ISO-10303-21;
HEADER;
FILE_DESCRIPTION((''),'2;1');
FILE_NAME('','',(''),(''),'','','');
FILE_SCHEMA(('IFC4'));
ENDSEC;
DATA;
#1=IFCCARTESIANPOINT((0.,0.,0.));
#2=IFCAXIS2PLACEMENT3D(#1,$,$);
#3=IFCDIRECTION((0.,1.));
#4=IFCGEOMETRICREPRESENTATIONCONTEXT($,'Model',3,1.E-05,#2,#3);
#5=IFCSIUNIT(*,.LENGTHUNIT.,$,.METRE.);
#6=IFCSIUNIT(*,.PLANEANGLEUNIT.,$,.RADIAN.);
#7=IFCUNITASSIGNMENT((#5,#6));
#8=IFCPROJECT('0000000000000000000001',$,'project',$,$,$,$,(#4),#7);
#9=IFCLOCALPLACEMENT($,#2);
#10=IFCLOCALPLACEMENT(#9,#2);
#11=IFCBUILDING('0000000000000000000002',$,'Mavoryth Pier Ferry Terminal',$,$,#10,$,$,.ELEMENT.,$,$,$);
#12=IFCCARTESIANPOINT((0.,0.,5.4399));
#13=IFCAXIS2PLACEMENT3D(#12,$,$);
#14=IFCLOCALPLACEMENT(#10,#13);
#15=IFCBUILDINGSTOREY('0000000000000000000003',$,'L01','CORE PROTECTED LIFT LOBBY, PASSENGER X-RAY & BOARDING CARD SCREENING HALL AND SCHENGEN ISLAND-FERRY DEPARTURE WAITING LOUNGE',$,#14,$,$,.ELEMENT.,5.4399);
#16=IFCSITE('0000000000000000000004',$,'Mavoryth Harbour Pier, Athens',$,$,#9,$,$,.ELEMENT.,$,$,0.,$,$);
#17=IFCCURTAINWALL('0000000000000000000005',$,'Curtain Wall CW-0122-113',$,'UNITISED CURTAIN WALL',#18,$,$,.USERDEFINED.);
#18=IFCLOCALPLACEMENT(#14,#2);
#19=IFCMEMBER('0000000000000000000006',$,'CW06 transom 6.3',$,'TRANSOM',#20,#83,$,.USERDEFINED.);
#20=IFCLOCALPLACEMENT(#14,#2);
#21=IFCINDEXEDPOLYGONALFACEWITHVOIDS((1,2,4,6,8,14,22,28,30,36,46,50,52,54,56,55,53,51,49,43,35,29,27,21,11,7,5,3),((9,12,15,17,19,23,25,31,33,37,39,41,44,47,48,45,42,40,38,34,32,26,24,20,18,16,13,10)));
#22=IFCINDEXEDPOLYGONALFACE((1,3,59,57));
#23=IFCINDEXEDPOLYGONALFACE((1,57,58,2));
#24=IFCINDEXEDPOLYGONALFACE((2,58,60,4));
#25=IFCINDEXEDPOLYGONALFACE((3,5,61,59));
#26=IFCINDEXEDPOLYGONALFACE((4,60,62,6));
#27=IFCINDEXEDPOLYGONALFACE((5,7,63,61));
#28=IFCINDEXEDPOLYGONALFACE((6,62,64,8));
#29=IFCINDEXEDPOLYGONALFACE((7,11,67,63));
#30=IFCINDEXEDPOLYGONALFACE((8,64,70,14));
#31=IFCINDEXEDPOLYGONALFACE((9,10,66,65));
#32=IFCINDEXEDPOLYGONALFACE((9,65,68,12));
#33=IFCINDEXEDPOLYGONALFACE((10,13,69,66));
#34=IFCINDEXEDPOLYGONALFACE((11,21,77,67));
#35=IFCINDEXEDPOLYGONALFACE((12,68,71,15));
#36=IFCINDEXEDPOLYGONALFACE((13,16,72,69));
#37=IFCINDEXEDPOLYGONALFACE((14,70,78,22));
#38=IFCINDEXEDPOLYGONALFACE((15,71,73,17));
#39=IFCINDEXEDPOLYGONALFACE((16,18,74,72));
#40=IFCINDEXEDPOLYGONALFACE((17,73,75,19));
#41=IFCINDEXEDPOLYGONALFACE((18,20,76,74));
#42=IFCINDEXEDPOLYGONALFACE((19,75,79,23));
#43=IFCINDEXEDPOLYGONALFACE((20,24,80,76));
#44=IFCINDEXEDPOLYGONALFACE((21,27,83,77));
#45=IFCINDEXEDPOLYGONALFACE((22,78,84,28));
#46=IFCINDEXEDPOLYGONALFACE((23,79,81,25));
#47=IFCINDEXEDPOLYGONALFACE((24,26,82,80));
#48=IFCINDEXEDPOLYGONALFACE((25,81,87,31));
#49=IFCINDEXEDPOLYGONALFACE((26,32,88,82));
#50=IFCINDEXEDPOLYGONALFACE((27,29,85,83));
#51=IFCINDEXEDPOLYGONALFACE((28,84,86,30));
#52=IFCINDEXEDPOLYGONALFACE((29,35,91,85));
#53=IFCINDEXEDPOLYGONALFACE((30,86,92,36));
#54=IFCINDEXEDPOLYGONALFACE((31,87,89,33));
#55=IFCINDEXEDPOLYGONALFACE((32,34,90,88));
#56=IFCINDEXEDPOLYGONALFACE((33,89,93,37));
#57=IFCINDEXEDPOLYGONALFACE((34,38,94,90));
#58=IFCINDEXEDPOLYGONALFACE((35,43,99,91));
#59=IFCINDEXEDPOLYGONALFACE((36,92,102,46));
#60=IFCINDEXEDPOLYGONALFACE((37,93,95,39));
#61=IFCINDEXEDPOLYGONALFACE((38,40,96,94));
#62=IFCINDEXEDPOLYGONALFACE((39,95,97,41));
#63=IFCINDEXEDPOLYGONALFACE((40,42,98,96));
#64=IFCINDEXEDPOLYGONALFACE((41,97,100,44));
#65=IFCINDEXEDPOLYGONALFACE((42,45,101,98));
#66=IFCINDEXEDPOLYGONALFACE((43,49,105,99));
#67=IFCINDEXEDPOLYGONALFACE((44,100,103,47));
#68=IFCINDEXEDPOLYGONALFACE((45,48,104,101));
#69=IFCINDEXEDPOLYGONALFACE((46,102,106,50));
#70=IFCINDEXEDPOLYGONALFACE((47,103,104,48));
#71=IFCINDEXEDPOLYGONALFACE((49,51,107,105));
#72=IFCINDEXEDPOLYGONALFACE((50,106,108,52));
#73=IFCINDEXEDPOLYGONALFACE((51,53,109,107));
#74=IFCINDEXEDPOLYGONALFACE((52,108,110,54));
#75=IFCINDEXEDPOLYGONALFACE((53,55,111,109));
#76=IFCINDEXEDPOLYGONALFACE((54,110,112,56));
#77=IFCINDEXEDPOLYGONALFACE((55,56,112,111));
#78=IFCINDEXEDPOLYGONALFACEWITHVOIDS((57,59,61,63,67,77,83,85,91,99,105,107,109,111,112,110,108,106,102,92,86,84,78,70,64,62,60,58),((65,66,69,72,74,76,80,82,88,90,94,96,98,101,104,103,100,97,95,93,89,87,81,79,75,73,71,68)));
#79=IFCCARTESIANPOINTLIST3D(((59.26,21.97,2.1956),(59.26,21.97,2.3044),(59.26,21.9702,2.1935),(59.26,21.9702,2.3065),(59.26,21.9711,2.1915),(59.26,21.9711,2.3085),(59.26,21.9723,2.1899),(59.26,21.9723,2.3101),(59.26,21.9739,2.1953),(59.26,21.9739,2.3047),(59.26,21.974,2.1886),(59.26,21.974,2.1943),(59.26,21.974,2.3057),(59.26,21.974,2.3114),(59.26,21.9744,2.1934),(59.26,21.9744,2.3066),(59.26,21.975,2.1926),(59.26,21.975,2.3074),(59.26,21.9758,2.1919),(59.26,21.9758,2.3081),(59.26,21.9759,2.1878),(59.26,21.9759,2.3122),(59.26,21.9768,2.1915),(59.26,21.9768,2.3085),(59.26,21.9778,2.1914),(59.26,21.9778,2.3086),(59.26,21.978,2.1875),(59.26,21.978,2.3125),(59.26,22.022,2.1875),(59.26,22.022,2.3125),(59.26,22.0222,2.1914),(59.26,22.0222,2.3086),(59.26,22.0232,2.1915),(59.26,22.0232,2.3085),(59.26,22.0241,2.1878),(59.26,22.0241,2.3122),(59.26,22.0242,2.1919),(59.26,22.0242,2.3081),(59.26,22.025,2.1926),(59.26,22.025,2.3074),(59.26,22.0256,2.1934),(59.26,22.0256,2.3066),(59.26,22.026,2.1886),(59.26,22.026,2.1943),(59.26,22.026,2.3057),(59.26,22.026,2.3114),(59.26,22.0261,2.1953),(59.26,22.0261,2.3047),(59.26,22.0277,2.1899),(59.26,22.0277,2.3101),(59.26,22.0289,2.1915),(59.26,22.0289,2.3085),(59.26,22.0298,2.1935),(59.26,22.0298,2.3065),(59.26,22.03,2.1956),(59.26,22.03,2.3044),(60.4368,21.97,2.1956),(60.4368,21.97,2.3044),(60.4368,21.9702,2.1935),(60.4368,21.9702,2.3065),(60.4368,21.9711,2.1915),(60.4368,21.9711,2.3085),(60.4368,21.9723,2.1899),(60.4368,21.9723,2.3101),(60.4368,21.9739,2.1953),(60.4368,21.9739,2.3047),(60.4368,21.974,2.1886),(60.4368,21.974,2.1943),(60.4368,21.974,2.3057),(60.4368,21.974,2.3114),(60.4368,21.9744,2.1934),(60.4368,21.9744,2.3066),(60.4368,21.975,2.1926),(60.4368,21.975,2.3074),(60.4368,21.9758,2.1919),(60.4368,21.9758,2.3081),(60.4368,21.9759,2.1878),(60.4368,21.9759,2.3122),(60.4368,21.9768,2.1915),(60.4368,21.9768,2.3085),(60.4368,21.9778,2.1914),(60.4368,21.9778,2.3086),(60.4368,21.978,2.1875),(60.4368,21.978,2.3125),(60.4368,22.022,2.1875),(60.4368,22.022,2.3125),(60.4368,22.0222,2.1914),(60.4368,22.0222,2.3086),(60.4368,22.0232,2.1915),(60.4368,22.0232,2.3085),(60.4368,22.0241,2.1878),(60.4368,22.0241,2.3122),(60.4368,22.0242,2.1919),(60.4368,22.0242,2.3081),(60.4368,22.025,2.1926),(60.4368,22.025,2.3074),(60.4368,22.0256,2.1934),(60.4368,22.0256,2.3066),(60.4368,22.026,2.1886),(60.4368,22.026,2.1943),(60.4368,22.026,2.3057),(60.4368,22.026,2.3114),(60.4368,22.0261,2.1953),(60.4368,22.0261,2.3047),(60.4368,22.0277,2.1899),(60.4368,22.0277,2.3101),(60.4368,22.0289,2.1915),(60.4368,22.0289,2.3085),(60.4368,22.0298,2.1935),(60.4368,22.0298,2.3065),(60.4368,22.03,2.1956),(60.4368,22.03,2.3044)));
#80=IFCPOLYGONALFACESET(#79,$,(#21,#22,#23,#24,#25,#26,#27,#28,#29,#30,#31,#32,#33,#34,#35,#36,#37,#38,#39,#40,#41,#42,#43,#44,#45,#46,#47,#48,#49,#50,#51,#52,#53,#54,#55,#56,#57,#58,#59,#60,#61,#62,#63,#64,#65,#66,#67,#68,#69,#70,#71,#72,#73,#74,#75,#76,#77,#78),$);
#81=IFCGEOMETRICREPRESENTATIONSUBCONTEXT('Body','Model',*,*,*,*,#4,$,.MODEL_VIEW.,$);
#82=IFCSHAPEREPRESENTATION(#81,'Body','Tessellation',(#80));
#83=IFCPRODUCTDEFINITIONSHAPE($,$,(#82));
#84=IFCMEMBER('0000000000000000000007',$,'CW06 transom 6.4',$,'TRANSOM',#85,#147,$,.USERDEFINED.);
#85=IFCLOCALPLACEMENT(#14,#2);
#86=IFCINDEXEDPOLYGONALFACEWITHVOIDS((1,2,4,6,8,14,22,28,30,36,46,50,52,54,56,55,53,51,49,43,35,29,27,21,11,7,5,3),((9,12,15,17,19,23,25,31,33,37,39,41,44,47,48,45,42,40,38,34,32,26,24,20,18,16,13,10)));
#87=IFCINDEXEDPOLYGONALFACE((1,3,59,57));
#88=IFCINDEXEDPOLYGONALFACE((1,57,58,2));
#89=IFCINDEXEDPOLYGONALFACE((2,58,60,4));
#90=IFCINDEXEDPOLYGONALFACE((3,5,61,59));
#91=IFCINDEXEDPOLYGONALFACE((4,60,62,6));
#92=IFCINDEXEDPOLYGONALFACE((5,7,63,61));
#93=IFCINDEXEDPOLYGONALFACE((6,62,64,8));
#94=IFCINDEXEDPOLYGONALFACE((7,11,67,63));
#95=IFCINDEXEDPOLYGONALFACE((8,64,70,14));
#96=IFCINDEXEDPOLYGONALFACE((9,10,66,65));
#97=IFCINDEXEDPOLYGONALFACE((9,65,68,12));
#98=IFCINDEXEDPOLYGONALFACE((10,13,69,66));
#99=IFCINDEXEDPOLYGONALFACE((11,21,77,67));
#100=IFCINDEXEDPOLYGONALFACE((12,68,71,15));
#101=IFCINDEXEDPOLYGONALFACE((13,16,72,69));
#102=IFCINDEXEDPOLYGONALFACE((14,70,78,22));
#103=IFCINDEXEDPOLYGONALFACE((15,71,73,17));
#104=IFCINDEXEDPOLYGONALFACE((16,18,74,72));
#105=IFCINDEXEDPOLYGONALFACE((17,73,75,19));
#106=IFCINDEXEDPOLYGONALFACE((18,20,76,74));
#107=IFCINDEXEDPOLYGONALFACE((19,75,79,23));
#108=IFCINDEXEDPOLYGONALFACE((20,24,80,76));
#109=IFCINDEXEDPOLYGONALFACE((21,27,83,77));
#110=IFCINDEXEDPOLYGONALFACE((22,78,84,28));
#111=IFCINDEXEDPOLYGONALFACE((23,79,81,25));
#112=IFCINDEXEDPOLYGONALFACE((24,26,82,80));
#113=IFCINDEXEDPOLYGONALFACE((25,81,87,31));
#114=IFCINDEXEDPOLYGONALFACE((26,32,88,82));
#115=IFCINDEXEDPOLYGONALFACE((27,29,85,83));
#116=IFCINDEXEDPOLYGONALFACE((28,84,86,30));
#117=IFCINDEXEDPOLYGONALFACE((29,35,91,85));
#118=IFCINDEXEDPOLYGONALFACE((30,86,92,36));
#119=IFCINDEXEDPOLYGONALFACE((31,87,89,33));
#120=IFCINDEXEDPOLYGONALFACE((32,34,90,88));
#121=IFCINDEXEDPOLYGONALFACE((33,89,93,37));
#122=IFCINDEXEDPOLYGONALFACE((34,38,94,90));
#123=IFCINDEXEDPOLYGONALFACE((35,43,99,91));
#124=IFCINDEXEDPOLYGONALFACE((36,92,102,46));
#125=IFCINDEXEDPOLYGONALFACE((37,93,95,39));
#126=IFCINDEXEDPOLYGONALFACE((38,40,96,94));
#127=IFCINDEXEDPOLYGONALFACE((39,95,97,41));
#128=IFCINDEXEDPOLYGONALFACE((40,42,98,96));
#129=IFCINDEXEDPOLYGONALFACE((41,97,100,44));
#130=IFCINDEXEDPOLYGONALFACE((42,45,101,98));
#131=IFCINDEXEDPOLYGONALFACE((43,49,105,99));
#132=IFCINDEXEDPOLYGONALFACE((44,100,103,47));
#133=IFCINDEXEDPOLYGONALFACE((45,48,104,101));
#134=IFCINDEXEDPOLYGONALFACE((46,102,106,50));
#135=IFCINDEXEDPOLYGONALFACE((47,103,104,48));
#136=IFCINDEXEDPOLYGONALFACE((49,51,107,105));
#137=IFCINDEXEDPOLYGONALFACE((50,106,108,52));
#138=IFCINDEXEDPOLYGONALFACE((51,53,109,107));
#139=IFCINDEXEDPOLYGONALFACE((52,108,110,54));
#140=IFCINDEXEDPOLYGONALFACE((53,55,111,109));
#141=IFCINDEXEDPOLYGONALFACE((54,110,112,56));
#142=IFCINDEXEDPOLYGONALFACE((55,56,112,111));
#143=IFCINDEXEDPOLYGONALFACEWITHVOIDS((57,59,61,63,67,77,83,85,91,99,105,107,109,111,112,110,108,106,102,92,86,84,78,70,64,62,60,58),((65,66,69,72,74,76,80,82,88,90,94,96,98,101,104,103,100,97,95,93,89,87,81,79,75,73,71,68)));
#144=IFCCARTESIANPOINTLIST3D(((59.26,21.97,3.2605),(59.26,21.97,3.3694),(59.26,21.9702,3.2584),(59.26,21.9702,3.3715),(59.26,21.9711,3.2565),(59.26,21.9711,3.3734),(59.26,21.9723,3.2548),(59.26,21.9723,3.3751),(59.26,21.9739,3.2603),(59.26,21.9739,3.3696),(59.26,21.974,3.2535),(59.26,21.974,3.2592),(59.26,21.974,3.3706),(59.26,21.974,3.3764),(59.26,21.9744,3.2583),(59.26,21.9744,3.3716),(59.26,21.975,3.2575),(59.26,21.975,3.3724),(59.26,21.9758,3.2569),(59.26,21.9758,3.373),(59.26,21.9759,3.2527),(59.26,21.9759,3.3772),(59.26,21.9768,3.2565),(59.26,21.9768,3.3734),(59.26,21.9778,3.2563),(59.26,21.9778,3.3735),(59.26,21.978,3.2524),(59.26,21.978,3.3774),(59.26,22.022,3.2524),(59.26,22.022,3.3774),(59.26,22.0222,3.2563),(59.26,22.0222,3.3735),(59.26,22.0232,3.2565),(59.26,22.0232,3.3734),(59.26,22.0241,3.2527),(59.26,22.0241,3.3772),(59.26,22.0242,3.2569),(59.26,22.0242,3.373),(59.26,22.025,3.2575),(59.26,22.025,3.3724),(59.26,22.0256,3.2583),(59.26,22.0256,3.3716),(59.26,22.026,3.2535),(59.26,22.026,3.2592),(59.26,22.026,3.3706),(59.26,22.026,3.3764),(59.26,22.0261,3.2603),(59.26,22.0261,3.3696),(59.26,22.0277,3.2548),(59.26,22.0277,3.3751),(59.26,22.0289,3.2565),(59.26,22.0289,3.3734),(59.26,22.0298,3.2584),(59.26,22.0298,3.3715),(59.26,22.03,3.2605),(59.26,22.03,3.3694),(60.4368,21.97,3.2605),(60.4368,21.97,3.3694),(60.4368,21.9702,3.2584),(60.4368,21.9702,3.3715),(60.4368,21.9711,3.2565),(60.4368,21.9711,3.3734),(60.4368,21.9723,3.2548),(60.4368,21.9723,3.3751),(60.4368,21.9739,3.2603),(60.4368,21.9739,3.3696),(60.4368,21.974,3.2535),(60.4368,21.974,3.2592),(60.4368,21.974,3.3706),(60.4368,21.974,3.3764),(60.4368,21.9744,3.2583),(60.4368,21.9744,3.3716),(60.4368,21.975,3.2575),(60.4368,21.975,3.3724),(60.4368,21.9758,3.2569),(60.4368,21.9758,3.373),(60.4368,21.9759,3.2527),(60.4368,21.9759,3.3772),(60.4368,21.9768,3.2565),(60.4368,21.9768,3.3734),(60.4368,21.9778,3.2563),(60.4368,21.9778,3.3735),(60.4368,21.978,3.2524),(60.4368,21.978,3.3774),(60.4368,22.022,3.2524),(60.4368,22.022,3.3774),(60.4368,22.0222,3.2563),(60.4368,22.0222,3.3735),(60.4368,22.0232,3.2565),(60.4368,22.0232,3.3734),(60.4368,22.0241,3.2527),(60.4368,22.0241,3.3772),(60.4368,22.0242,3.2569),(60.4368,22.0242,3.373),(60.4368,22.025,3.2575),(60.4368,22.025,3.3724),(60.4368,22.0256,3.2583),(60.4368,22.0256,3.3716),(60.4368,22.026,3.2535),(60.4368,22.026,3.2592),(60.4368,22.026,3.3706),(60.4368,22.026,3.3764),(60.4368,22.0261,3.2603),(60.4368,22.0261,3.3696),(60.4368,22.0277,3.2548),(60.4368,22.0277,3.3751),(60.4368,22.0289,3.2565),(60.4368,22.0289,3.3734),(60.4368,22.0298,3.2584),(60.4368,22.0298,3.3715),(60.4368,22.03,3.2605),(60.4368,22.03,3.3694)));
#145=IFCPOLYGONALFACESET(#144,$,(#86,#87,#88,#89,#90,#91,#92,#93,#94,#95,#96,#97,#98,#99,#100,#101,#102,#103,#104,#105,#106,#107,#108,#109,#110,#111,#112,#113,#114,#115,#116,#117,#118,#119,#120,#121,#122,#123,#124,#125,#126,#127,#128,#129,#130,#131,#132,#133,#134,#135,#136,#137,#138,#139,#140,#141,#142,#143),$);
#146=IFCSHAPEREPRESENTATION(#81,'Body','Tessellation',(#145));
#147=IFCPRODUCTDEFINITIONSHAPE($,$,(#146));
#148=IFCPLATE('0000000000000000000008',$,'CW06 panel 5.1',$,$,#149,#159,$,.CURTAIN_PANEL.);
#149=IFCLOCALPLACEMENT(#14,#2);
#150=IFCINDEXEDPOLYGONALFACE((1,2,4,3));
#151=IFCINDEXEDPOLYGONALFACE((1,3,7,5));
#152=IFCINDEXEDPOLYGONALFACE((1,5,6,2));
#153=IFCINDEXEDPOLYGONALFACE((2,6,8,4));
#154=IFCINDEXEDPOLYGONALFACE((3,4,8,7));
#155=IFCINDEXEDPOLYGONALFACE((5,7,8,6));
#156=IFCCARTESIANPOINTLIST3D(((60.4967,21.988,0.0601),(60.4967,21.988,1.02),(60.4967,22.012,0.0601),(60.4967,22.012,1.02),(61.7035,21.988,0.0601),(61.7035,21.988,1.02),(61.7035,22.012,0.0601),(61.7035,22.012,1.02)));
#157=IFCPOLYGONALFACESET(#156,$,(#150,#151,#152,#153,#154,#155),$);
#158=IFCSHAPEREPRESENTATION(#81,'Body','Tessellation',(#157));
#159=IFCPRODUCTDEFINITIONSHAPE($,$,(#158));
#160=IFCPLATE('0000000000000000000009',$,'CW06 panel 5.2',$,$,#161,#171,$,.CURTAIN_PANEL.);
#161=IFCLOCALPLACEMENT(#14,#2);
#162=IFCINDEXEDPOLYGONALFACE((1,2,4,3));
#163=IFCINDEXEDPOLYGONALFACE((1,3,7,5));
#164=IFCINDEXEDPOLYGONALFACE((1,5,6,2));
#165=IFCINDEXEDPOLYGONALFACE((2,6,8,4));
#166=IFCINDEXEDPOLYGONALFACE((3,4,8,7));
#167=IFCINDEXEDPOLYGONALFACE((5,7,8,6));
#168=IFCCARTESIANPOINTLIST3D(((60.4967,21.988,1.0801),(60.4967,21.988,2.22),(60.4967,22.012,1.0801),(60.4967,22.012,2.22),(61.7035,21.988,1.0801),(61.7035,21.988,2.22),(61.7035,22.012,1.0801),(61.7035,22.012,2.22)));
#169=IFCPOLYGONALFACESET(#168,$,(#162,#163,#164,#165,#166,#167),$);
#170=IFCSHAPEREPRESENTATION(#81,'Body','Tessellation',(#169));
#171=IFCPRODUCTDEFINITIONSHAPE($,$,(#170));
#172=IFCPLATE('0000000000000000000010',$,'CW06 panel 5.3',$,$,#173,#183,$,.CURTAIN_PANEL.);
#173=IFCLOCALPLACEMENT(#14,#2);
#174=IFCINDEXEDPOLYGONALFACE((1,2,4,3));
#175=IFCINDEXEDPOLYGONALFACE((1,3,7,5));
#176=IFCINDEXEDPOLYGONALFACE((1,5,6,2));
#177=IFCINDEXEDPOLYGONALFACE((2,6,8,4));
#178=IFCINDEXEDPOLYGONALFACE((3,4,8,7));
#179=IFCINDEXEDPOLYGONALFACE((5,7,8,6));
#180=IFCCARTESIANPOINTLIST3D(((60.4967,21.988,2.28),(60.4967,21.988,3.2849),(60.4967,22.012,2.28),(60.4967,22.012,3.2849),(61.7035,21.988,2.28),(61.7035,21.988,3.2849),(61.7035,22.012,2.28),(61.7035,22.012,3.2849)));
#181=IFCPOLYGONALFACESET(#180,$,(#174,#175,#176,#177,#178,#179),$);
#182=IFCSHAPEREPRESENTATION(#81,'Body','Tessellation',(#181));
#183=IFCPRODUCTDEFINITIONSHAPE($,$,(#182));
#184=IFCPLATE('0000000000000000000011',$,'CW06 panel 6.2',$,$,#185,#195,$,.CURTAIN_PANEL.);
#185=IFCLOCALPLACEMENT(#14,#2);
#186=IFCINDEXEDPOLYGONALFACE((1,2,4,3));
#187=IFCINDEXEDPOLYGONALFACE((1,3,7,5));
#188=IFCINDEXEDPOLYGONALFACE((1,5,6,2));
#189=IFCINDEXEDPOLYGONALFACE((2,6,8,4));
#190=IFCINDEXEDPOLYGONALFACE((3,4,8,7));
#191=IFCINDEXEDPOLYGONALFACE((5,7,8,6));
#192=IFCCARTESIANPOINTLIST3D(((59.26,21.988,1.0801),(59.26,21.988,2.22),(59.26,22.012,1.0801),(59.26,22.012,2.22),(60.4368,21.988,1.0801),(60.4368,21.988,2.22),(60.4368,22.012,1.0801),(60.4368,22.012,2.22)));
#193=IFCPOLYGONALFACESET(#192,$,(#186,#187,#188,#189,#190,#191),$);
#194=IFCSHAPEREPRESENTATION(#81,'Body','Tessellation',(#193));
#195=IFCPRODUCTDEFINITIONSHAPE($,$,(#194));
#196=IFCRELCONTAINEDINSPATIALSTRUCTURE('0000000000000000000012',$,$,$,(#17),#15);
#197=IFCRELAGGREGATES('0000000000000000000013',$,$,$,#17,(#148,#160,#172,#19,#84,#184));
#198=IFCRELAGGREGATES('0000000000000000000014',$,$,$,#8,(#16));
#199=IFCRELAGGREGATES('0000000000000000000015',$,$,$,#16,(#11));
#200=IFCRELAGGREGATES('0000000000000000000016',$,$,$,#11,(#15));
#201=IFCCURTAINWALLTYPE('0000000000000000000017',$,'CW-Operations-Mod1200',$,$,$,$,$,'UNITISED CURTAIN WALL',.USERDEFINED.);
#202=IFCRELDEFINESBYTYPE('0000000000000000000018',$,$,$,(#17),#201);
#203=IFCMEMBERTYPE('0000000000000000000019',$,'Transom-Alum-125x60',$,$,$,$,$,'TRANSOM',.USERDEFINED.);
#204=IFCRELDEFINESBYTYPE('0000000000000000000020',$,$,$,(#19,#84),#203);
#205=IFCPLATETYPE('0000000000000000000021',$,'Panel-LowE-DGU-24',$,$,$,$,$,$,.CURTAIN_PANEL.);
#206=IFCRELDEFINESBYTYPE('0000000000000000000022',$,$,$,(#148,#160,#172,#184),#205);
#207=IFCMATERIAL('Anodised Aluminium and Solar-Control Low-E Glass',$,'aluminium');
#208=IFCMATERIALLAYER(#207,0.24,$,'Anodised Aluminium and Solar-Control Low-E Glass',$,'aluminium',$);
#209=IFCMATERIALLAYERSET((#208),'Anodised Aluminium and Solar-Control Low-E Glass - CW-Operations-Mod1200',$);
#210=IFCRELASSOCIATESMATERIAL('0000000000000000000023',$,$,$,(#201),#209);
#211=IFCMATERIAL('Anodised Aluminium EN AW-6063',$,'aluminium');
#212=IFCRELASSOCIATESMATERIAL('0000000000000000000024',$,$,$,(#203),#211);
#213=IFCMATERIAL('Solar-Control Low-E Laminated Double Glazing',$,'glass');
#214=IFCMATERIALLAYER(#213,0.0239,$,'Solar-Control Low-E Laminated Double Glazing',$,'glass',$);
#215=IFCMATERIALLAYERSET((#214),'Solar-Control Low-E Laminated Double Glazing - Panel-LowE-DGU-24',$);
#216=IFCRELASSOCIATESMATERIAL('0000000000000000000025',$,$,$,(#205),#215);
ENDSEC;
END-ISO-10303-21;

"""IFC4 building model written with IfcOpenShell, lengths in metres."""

from ifc_helpers import new_model, si_unit, direction, frame, origin, origin_2d, place, context, subcontext, project, spatial, rectangle, hollow_rectangle, extrude, material, layer, layer_set, material_profile, profile_set, type_object, element, aggregate, save


model = new_model("IFC4")

# Units and contexts
model_context = context("Model", 3, precision=1e-05, world=origin(), true_north=direction((0.0, 1.0)))
body_context = subcontext(model_context, "Body", "Model", "MODEL_VIEW")
ifc_project = project(units=[si_unit("LENGTHUNIT", "METRE"), si_unit("PLANEANGLEUNIT", "RADIAN")], contexts=[model_context])

# Site, building, storey
site_placement = place(None, origin())
site = spatial("IfcSite", under=ifc_project, at=site_placement, Name="Mavoryth Harbour Pier, Athens", CompositionType="ELEMENT", RefElevation=0.0)
building_placement = place(site_placement, origin())
building = spatial("IfcBuilding", under=site, at=building_placement, Name="Mavoryth Pier Ferry Terminal", CompositionType="ELEMENT")
storey_placement = place(building_placement, frame((0.0, 0.0, 5.4399)))
storey = spatial("IfcBuildingStorey", under=building, at=storey_placement, Name="L01", Description="CORE PROTECTED LIFT LOBBY, PASSENGER X-RAY & BOARDING CARD SCREENING HALL AND SCHENGEN ISLAND-FERRY DEPARTURE WAITING LOUNGE", CompositionType="ELEMENT", Elevation=5.4399)

# Curtain wall
ifc_material_1 = material(Name="Anodised Aluminium and Solar-Control Low-E Glass", Category="aluminium")
ifc_layer_1 = layer(ifc_material_1, 0.24, Name="Anodised Aluminium and Solar-Control Low-E Glass", Category="aluminium")
ifc_layer_set_1 = layer_set([ifc_layer_1], Name="Anodised Aluminium and Solar-Control Low-E Glass - CW-Operations-Mod1200")
curtain_wall_type = type_object("IfcCurtainWallType", Name="CW-Operations-Mod1200", ElementType="UNITISED CURTAIN WALL", PredefinedType="USERDEFINED", material=ifc_layer_set_1)
curtain_wall_placement = place(storey_placement, origin())
curtain_wall = element("IfcCurtainWall", 1, at=curtain_wall_placement, inside=storey, type_object=curtain_wall_type, Name="Curtain Wall CW-0122-113", ObjectType="UNITISED CURTAIN WALL", PredefinedType="USERDEFINED")
ifc_material_2 = material(Name="Anodised Aluminium EN AW-6063", Category="aluminium")

# Members
ifc_material_profile_1 = material_profile(ifc_material_2, hollow_rectangle(XDim=0.0601, YDim=0.125, WallThickness=0.0039, InnerFilletRadius=0.0039, OuterFilletRadius=0.0081, at=origin_2d()), Name="AL-TRAN 125x60x4", Category="aluminium")
ifc_profile_set_1 = profile_set([ifc_material_profile_1], Name="Anodised Aluminium EN AW-6063 - AL-TRAN 125x60x4")
member_type_1 = type_object("IfcMemberType", Name="Transom-Alum-125x60", ElementType="TRANSOM", PredefinedType="USERDEFINED", material=ifc_profile_set_1)
member_1_placement = place(storey_placement, frame((60.4368, 22.0, 2.25), z_axis=(-1.0, 0.0, 0.0), x_axis=(0.0, -1.0, 0.0)))
member_1 = element("IfcMember", 2, at=member_1_placement, type_object=member_type_1, Name="CW06 transom 6.3", ObjectType="TRANSOM", PredefinedType="USERDEFINED", context=body_context, shape_type="SweptSolid", body=[
    extrude(hollow_rectangle(XDim=0.0601, YDim=0.125, WallThickness=0.0039, InnerFilletRadius=0.0039, OuterFilletRadius=0.0081, at=origin_2d()), origin(), (0.0, 0.0, 1.0), 1.1768),
])
member_2_placement = place(storey_placement, frame((60.4368, 22.0, 3.3149), z_axis=(-1.0, 0.0, 0.0), x_axis=(0.0, -1.0, 0.0)))
member_2 = element("IfcMember", 3, at=member_2_placement, type_object=member_type_1, Name="CW06 transom 6.4", ObjectType="TRANSOM", PredefinedType="USERDEFINED", context=body_context, shape_type="SweptSolid", body=[
    extrude(hollow_rectangle(XDim=0.0601, YDim=0.125, WallThickness=0.0039, InnerFilletRadius=0.0039, OuterFilletRadius=0.0081, at=origin_2d()), origin(), (0.0, 0.0, 1.0), 1.1768),
])

# Plates
ifc_material_3 = material(Name="Solar-Control Low-E Laminated Double Glazing", Category="glass")
ifc_layer_2 = layer(ifc_material_3, 0.0239, Name="Solar-Control Low-E Laminated Double Glazing", Category="glass")
ifc_layer_set_2 = layer_set([ifc_layer_2], Name="Solar-Control Low-E Laminated Double Glazing - Panel-LowE-DGU-24")
plate_type = type_object("IfcPlateType", Name="Panel-LowE-DGU-24", PredefinedType="CURTAIN_PANEL", material=ifc_layer_set_2)
plate_1_placement = place(storey_placement, frame((61.1001, 22.0, 0.0601), z_axis=(0.0, 0.0, 1.0), x_axis=(-1.0, 0.0, 0.0)))
plate_1 = element("IfcPlate", 4, at=plate_1_placement, type_object=plate_type, Name="CW06 panel 5.1", PredefinedType="CURTAIN_PANEL", context=body_context, shape_type="SweptSolid", body=[
    extrude(rectangle(XDim=1.2068, YDim=0.0239, at=origin_2d()), origin(), (0.0, 0.0, 1.0), 0.96),
])
plate_2_placement = place(storey_placement, frame((61.1001, 22.0, 1.0801), z_axis=(0.0, 0.0, 1.0), x_axis=(-1.0, 0.0, 0.0)))
plate_2 = element("IfcPlate", 5, at=plate_2_placement, type_object=plate_type, Name="CW06 panel 5.2", PredefinedType="CURTAIN_PANEL", context=body_context, shape_type="SweptSolid", body=[
    extrude(rectangle(XDim=1.2068, YDim=0.0239, at=origin_2d()), origin(), (0.0, 0.0, 1.0), 1.1399),
])
plate_3_placement = place(storey_placement, frame((61.1001, 22.0, 2.28), z_axis=(0.0, 0.0, 1.0), x_axis=(-1.0, 0.0, 0.0)))
plate_3 = element("IfcPlate", 6, at=plate_3_placement, type_object=plate_type, Name="CW06 panel 5.3", PredefinedType="CURTAIN_PANEL", context=body_context, shape_type="SweptSolid", body=[
    extrude(rectangle(XDim=1.2068, YDim=0.0239, at=origin_2d()), origin(), (0.0, 0.0, 1.0), 1.0049),
])
plate_4_placement = place(storey_placement, frame((59.8484, 22.0, 1.0801), z_axis=(0.0, 0.0, 1.0), x_axis=(-1.0, 0.0, 0.0)))
plate_4 = element("IfcPlate", 7, at=plate_4_placement, type_object=plate_type, Name="CW06 panel 6.2", PredefinedType="CURTAIN_PANEL", context=body_context, shape_type="SweptSolid", body=[
    extrude(rectangle(XDim=1.1768, YDim=0.0239, at=origin_2d()), origin(), (0.0, 0.0, 1.0), 1.1399),
])
aggregate(curtain_wall, [plate_1, plate_2, plate_3, member_1, member_2, plate_4])

save(model, "model.ifc")
